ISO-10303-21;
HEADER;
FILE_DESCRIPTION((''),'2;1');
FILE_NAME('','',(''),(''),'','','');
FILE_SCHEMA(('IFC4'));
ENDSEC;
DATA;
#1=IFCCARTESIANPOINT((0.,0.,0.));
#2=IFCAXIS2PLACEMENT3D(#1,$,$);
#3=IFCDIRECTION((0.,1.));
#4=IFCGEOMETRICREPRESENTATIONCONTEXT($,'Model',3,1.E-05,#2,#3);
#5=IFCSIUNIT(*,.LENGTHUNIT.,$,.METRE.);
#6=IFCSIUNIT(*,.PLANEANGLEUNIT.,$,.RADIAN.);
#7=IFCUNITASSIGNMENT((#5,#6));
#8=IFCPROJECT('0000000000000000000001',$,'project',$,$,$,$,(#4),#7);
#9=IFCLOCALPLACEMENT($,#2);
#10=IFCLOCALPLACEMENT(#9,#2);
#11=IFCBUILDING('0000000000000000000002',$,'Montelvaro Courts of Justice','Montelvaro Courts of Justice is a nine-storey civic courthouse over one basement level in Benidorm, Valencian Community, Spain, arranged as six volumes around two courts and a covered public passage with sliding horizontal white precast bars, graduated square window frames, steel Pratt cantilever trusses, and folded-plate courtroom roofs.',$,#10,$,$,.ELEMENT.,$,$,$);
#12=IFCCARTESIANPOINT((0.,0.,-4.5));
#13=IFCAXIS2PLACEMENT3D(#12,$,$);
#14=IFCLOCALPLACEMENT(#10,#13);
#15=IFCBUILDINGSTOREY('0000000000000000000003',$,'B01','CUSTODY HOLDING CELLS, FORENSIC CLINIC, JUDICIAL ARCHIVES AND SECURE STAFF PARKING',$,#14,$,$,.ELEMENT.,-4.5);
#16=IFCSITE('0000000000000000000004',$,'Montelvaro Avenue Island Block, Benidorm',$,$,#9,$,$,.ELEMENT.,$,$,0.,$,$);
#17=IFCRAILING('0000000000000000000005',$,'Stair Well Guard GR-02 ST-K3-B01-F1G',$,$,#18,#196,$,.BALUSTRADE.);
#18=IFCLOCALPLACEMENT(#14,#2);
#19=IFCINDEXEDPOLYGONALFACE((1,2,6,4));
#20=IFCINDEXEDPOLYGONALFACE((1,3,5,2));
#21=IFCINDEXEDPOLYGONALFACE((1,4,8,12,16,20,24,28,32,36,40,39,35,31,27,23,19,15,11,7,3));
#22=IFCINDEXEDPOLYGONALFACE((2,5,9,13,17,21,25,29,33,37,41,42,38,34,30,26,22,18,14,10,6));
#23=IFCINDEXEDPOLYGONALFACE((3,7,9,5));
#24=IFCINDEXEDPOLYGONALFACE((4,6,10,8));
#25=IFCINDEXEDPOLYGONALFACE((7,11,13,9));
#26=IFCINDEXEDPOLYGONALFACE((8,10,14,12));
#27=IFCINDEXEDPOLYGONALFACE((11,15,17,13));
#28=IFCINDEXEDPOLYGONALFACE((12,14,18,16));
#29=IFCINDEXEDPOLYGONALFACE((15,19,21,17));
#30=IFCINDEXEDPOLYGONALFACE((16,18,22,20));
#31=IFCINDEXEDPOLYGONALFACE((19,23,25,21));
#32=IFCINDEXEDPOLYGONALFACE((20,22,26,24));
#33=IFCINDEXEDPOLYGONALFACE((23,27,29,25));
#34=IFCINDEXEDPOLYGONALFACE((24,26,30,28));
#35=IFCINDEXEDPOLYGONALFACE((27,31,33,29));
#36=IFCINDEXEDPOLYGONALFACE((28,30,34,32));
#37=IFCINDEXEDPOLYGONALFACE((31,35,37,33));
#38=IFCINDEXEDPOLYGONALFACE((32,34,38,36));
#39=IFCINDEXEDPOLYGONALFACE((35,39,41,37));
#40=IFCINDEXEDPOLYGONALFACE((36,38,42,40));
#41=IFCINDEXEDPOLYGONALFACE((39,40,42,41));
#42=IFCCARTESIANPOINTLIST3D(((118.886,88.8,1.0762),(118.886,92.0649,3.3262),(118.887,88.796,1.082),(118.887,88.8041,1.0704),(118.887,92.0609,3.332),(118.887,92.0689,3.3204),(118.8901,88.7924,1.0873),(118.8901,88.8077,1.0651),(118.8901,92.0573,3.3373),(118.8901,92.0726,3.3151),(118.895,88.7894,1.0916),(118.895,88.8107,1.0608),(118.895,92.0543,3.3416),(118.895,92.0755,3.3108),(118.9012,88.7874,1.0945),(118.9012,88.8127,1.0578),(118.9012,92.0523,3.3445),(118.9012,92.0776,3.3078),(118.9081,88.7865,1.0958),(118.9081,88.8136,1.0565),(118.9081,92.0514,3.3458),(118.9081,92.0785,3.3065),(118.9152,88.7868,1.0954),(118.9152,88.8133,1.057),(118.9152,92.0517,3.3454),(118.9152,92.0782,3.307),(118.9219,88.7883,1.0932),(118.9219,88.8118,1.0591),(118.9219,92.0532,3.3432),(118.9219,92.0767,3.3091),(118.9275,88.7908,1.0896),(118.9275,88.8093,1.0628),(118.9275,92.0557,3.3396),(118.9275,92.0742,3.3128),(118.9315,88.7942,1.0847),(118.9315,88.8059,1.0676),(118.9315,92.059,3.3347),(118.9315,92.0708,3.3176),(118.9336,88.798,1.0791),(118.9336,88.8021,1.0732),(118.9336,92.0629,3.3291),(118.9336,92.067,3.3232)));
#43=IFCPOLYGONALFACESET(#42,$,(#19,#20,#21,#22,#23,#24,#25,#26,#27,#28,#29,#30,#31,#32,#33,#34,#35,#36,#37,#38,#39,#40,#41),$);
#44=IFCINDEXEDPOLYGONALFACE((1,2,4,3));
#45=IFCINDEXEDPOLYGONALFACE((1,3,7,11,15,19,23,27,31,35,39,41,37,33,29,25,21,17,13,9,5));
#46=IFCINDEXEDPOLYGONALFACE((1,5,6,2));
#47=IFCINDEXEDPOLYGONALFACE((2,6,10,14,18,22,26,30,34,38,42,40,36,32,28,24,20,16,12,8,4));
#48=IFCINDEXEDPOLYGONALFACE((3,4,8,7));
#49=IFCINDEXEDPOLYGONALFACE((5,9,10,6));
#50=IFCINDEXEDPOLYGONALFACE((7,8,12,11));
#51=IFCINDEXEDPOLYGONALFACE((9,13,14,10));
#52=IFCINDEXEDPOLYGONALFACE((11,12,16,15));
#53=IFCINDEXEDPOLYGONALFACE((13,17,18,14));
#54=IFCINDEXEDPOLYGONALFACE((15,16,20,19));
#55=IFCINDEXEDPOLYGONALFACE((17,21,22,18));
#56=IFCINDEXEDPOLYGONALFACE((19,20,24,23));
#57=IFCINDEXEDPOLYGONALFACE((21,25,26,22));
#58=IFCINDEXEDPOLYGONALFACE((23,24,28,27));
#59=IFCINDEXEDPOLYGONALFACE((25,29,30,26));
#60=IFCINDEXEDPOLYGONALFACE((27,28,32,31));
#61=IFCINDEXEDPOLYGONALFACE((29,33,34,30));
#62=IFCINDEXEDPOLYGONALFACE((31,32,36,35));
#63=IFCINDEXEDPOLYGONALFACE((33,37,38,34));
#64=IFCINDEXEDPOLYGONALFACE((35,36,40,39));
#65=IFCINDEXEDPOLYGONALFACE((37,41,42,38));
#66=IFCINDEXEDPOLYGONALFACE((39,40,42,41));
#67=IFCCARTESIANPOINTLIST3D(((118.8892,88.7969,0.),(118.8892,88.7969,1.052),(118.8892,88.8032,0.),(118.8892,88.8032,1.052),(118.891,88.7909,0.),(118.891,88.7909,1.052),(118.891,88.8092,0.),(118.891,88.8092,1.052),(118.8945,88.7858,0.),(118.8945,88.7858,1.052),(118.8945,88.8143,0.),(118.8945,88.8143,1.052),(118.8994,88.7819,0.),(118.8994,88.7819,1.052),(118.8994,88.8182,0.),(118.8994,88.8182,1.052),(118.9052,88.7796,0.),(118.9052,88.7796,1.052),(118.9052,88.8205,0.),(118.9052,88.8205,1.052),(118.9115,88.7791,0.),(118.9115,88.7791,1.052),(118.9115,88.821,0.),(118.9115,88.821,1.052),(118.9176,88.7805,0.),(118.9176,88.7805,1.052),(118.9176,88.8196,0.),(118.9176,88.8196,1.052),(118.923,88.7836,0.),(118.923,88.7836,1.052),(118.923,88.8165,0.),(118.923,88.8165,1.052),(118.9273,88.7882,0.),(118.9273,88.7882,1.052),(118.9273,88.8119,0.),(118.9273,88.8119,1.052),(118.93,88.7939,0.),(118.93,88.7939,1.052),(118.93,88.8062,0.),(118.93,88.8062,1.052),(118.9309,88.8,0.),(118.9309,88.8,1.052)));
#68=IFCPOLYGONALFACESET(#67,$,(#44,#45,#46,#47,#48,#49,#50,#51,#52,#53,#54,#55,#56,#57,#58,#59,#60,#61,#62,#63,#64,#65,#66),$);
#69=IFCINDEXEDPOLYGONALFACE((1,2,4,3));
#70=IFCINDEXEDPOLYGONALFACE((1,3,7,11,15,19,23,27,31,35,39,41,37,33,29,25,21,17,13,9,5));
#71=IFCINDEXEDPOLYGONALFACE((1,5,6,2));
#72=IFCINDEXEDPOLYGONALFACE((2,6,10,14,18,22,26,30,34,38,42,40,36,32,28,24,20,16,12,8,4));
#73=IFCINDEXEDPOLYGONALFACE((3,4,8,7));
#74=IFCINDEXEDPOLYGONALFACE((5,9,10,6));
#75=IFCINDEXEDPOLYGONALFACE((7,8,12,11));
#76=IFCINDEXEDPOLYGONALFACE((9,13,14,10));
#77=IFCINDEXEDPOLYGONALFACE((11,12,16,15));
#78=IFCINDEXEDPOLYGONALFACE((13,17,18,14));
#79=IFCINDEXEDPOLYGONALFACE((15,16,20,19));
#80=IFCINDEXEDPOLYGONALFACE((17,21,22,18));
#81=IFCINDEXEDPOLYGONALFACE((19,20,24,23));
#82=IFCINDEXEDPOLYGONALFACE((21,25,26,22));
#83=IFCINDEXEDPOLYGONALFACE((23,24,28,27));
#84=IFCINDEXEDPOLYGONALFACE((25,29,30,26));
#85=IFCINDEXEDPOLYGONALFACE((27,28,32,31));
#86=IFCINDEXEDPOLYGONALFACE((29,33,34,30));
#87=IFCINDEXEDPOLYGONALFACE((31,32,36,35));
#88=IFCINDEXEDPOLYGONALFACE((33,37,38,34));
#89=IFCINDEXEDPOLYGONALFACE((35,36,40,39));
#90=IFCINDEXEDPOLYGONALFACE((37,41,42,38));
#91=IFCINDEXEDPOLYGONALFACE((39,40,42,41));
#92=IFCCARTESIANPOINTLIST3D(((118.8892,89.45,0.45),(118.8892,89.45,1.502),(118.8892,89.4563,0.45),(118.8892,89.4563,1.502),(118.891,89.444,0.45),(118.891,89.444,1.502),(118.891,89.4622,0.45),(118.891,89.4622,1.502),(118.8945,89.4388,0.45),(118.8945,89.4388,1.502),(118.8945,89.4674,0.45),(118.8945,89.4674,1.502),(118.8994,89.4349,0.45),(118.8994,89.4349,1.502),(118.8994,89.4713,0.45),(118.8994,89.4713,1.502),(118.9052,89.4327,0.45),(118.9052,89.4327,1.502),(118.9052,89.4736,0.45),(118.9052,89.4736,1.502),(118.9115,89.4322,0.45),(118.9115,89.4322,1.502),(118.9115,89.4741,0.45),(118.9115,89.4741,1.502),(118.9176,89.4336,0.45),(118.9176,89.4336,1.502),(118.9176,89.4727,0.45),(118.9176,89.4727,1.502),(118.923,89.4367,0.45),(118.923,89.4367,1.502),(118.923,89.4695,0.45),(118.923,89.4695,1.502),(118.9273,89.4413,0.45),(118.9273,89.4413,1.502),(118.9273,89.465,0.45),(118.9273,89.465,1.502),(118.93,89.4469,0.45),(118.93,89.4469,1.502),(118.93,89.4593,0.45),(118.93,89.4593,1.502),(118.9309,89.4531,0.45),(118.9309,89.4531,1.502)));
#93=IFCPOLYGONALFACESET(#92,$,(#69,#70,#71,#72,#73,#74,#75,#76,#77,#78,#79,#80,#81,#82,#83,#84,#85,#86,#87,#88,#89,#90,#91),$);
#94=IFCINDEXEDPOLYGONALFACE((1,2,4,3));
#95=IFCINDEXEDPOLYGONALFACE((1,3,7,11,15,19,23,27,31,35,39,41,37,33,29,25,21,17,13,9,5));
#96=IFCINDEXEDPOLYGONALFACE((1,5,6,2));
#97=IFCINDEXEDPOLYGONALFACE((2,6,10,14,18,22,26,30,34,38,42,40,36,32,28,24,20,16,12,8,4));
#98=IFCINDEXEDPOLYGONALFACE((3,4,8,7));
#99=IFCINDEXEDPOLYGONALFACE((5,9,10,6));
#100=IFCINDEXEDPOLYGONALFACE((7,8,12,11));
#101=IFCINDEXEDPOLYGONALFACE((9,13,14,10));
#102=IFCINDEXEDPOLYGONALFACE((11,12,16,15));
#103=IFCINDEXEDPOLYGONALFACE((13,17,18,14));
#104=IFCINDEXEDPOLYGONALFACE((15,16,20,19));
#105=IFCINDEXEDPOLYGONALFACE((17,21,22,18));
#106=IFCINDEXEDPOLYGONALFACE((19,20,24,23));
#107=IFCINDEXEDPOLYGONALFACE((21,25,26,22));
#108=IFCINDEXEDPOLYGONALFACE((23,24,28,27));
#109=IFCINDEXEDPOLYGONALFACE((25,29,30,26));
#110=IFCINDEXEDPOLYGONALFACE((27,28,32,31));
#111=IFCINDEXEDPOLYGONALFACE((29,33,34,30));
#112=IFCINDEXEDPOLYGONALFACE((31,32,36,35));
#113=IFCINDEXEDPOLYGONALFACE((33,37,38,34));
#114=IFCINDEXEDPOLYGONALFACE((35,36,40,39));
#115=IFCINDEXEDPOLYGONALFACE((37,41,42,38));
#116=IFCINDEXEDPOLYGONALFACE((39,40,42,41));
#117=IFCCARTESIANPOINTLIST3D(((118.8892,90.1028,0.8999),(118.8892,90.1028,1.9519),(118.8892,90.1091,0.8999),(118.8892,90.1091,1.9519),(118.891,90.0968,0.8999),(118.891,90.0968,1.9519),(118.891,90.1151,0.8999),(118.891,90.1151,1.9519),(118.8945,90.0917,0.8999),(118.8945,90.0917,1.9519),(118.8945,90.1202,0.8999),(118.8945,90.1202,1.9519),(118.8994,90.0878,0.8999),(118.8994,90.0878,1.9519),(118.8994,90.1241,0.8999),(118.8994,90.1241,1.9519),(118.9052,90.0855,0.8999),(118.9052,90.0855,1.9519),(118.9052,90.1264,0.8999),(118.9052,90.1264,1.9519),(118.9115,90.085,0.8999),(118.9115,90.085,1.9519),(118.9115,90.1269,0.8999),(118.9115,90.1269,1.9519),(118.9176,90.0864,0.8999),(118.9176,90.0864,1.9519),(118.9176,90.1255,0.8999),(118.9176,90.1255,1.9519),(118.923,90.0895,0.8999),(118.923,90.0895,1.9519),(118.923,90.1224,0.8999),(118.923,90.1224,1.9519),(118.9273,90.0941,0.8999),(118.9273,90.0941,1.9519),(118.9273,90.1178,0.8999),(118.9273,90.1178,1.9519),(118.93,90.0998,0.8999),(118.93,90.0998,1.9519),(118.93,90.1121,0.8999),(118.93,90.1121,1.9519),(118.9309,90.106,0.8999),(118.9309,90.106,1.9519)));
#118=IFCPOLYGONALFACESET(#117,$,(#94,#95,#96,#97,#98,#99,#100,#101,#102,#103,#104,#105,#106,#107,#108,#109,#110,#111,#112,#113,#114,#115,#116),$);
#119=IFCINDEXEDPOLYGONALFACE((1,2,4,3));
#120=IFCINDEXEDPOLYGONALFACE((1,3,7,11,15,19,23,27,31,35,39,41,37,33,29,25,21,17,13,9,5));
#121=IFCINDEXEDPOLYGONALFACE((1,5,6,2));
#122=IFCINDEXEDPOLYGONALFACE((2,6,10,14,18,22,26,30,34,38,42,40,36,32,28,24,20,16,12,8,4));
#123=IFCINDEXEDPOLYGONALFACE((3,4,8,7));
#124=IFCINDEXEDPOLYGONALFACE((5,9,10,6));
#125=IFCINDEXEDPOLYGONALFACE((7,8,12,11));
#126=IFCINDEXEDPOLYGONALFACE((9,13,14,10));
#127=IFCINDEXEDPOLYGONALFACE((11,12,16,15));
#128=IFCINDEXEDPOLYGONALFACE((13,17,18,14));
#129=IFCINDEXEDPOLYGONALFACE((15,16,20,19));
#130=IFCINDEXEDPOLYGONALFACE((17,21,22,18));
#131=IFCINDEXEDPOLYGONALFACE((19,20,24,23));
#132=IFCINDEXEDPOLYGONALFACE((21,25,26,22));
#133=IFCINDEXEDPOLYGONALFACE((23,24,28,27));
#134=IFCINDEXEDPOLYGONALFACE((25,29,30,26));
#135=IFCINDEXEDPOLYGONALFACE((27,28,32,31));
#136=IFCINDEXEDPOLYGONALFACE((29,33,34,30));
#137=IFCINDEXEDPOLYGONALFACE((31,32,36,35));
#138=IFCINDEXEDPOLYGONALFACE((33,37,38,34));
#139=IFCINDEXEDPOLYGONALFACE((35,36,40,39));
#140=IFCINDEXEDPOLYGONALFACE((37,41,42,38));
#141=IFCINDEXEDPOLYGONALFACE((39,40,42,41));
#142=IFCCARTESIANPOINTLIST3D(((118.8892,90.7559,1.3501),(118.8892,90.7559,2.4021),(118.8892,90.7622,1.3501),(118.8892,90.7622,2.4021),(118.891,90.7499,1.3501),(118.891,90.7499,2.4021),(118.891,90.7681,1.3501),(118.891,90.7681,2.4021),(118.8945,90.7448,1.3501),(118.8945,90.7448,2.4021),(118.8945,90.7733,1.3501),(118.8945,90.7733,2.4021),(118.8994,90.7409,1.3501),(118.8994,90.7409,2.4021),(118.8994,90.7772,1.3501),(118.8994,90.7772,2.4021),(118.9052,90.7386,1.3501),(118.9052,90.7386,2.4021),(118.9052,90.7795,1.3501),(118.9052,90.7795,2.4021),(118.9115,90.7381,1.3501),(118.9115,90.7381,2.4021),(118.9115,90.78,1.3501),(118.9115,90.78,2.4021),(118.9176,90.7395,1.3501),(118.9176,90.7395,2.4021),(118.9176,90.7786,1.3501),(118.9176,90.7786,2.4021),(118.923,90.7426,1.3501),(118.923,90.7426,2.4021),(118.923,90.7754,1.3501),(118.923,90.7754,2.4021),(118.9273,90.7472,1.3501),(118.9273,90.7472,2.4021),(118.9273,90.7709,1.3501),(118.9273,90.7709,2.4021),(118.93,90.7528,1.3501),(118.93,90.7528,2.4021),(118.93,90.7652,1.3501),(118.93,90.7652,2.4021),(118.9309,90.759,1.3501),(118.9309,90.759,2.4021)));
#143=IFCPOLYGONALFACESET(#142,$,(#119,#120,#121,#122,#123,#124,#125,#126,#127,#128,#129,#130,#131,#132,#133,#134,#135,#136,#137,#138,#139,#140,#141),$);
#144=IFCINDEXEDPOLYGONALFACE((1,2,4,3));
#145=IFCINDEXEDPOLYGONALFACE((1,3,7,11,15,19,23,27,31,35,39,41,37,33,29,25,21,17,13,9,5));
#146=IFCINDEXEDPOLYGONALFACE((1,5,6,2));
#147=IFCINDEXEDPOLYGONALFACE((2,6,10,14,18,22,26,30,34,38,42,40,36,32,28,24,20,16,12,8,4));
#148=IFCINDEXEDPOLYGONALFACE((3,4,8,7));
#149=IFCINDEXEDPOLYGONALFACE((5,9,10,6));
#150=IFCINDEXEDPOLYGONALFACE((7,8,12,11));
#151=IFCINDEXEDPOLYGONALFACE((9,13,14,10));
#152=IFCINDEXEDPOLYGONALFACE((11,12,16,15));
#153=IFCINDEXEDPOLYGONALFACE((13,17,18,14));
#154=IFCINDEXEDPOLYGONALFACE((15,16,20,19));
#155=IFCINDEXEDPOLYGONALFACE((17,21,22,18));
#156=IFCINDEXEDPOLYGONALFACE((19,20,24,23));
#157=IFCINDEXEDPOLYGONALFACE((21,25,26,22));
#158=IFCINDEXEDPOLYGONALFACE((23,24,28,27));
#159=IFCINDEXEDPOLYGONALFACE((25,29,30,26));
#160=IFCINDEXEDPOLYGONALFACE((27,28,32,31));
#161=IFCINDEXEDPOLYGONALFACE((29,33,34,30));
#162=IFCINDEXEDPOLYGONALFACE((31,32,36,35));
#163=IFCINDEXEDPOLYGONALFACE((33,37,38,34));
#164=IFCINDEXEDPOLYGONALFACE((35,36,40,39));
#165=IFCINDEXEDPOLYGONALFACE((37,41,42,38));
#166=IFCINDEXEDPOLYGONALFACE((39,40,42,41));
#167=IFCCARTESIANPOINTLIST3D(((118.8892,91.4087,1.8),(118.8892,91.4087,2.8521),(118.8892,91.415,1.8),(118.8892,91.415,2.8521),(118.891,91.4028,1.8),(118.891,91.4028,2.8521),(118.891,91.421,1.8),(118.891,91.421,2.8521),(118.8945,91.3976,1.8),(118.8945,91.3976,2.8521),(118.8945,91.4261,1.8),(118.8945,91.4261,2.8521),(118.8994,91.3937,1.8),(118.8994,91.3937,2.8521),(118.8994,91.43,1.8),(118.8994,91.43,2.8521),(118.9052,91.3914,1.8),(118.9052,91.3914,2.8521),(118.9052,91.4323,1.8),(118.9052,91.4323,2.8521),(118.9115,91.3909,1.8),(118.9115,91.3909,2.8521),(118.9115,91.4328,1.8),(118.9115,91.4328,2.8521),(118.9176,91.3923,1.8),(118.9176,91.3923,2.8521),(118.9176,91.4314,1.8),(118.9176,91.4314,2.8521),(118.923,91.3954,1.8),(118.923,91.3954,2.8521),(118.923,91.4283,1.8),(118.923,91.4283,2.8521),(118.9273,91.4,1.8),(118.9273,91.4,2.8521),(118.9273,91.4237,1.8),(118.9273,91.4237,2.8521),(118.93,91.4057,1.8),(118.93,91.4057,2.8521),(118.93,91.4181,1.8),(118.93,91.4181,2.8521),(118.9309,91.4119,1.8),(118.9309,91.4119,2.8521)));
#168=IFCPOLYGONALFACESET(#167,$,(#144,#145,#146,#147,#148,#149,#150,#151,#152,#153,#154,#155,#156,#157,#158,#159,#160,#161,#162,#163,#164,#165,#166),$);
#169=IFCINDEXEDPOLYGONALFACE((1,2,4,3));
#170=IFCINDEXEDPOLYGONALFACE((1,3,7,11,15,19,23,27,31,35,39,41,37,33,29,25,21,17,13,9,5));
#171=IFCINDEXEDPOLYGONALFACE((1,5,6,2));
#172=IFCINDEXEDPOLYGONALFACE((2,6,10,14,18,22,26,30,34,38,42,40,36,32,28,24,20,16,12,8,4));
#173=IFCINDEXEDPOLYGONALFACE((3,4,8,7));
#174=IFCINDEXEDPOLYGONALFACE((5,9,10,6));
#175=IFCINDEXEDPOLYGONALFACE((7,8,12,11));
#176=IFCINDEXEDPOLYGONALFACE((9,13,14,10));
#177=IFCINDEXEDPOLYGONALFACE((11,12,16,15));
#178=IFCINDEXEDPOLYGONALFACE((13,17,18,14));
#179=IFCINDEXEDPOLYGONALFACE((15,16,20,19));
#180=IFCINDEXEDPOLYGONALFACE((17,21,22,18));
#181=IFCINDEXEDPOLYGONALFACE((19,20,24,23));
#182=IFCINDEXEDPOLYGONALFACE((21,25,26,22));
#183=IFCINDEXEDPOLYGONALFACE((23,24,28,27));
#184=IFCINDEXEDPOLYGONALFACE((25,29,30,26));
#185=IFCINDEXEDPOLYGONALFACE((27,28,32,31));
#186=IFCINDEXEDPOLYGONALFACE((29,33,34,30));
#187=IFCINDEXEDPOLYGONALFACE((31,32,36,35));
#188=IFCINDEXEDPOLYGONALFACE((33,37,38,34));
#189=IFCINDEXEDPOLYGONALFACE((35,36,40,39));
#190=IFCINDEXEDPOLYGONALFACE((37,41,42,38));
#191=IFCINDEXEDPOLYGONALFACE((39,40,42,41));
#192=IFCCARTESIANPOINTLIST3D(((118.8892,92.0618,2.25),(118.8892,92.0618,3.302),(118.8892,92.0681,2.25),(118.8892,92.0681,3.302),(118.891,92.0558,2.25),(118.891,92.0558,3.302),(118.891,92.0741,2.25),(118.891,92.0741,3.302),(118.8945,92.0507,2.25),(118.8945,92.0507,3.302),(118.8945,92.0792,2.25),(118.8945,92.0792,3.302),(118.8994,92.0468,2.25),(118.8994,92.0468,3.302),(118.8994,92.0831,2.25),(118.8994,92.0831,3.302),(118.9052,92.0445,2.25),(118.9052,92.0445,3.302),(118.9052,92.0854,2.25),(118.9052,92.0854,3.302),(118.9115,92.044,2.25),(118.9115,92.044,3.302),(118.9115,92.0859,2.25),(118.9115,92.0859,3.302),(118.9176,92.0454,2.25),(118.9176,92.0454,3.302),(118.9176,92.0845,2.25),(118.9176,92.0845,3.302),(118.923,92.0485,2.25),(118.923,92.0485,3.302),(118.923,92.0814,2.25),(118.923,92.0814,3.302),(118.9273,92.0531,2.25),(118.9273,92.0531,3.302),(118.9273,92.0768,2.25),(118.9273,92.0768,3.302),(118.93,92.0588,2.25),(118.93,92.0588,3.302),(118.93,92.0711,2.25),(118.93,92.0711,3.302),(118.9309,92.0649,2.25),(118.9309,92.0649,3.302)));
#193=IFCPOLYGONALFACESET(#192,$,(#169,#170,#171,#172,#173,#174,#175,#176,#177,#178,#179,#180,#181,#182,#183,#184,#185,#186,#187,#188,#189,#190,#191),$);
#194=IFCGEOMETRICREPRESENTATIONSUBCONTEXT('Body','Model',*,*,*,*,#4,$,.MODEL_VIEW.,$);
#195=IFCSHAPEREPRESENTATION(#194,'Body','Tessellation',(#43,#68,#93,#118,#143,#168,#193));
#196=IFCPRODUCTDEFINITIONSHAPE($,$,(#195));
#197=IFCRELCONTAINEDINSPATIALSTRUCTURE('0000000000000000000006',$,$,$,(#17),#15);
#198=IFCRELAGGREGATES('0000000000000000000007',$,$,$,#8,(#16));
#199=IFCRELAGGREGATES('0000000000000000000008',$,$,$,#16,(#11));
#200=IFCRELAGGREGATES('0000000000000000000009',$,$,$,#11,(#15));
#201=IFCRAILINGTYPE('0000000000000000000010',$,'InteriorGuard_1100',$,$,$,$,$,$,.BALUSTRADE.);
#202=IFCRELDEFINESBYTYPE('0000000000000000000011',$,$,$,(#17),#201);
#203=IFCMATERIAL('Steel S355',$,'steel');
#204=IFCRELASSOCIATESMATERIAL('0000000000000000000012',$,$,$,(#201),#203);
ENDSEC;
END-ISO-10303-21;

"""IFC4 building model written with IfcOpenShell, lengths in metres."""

from ifc_helpers import new_model, si_unit, direction, frame, origin, origin_2d, place, context, subcontext, project, spatial, circle, extrude, material, type_object, element, save


model = new_model("IFC4")

# Units and contexts
model_context = context("Model", 3, precision=1e-05, world=origin(), true_north=direction((0.0, 1.0)))
body_context = subcontext(model_context, "Body", "Model", "MODEL_VIEW")
ifc_project = project(units=[si_unit("LENGTHUNIT", "METRE"), si_unit("PLANEANGLEUNIT", "RADIAN")], contexts=[model_context])

# Site, building, storey
site_placement = place(None, origin())
site = spatial("IfcSite", under=ifc_project, at=site_placement, Name="Montelvaro Avenue Island Block, Benidorm", CompositionType="ELEMENT", RefElevation=0.0)
building_placement = place(site_placement, origin())
building = spatial("IfcBuilding", under=site, at=building_placement, Name="Montelvaro Courts of Justice", Description="Montelvaro Courts of Justice is a nine-storey civic courthouse over one basement level in Benidorm, Valencian Community, Spain, arranged as six volumes around two courts and a covered public passage with sliding horizontal white precast bars, graduated square window frames, steel Pratt cantilever trusses, and folded-plate courtroom roofs.", CompositionType="ELEMENT")
storey_placement = place(building_placement, frame((0.0, 0.0, -4.5)))
storey = spatial("IfcBuildingStorey", under=building, at=storey_placement, Name="B01", Description="CUSTODY HOLDING CELLS, FORENSIC CLINIC, JUDICIAL ARCHIVES AND SECURE STAFF PARKING", CompositionType="ELEMENT", Elevation=-4.5)

# Railing
ifc_material_1 = material(Name="Steel S355", Category="steel")
railing_type_1 = type_object("IfcRailingType", Name="InteriorGuard_1100", PredefinedType="BALUSTRADE", material=ifc_material_1)
railing_1_placement = place(storey_placement, frame((118.9099, 88.8, 0.0)))
element("IfcRailing", 1, at=railing_1_placement, inside=storey, type_object=railing_type_1, Name="Stair Well Guard GR-02 ST-K3-B01-F1G", PredefinedType="BALUSTRADE", context=body_context, shape_type="SweptSolid", body=[
    extrude(circle(Radius=0.0239, at=origin_2d()), frame((0.0, 0.0, 1.0762), z_axis=(0.0, 0.823407, 0.567451), x_axis=(-1.0, 0.0, 0.0)), (0.0, 0.0, 1.0), 3.9651),
    extrude(circle(Radius=0.021, at=origin_2d()), origin(), (0.0, 0.0, 1.0), 1.052),
    extrude(circle(Radius=0.021, at=origin_2d()), frame((0.0, 0.6531, 0.45)), (0.0, 0.0, 1.0), 1.052),
    extrude(circle(Radius=0.021, at=origin_2d()), frame((0.0, 1.3059, 0.8999)), (0.0, 0.0, 1.0), 1.052),
    extrude(circle(Radius=0.021, at=origin_2d()), frame((0.0, 1.959, 1.3501)), (0.0, 0.0, 1.0), 1.052),
    extrude(circle(Radius=0.021, at=origin_2d()), frame((0.0, 2.6118, 1.8)), (0.0, 0.0, 1.0), 1.052),
    extrude(circle(Radius=0.021, at=origin_2d()), frame((0.0, 3.2649, 2.25)), (0.0, 0.0, 1.0), 1.052),
])

save(model, "model.ifc")
